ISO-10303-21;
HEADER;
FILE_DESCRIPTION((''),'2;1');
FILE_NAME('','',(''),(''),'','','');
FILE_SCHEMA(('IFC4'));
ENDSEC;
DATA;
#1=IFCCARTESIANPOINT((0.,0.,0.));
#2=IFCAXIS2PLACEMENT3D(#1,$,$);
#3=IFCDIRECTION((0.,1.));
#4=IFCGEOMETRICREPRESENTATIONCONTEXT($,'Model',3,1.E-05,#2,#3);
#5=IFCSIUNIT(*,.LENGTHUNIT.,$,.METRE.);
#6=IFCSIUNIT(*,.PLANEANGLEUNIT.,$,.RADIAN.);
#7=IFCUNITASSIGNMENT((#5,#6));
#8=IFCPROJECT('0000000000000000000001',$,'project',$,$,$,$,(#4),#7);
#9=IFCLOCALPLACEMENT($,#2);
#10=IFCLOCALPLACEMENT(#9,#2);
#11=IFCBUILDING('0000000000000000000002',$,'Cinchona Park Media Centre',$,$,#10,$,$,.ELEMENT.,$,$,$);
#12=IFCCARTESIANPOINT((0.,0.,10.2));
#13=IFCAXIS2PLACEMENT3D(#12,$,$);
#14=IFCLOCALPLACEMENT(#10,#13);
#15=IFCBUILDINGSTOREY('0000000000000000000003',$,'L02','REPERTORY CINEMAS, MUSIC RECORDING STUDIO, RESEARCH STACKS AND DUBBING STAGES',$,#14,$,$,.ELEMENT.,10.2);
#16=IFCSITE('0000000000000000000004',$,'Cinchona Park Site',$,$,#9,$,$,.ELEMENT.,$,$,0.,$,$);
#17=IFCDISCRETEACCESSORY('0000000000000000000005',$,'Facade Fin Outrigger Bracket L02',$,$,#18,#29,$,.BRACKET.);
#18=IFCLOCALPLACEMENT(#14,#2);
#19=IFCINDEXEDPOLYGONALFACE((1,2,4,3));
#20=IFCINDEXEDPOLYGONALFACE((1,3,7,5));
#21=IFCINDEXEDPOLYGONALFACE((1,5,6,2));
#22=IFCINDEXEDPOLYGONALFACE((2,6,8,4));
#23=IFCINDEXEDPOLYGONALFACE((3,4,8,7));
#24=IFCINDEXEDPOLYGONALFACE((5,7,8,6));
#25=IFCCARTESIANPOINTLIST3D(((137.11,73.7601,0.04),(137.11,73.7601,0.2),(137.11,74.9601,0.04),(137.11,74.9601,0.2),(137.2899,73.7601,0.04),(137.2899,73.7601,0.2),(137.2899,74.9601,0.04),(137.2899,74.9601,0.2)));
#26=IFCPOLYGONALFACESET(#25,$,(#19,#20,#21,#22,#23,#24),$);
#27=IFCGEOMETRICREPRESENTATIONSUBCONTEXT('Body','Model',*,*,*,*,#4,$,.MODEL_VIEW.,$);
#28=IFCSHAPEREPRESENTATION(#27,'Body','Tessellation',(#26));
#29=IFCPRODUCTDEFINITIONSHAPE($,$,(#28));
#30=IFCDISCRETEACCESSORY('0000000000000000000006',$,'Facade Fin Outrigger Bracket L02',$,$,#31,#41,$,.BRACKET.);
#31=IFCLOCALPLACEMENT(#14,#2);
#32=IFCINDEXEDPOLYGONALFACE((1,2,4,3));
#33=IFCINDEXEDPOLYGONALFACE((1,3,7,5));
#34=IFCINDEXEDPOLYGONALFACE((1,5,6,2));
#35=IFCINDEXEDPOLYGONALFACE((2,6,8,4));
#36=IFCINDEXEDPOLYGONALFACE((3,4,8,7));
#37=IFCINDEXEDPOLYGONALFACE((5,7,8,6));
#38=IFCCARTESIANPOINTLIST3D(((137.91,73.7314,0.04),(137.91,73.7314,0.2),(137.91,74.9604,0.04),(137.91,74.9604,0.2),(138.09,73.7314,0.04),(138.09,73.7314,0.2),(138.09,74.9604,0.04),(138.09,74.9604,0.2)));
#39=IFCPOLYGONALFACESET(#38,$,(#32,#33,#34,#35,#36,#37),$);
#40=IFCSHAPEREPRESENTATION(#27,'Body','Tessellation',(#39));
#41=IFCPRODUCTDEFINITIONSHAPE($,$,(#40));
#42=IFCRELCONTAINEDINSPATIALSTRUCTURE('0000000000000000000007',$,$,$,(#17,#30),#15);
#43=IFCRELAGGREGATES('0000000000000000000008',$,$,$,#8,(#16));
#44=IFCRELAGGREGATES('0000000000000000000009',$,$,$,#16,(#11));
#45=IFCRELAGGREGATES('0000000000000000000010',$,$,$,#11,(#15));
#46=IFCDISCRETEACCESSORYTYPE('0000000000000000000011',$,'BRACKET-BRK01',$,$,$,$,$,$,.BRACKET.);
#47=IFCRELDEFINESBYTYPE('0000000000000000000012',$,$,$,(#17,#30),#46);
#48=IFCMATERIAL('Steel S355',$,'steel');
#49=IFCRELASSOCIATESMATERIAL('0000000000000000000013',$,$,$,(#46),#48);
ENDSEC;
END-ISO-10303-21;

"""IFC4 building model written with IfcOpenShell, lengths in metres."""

from ifc_helpers import new_model, si_unit, direction, frame, origin, origin_2d, place, context, subcontext, project, spatial, rectangle, extrude, material, type_object, element, save


model = new_model("IFC4")

# Units and contexts
model_context = context("Model", 3, precision=1e-05, world=origin(), true_north=direction((0.0, 1.0)))
body_context = subcontext(model_context, "Body", "Model", "MODEL_VIEW")
ifc_project = project(units=[si_unit("LENGTHUNIT", "METRE"), si_unit("PLANEANGLEUNIT", "RADIAN")], contexts=[model_context])

# Site, building, storey
site_placement = place(None, origin())
site = spatial("IfcSite", under=ifc_project, at=site_placement, Name="Cinchona Park Site", CompositionType="ELEMENT", RefElevation=0.0)
building_placement = place(site_placement, origin())
building = spatial("IfcBuilding", under=site, at=building_placement, Name="Cinchona Park Media Centre", CompositionType="ELEMENT")
storey_placement = place(building_placement, frame((0.0, 0.0, 10.2)))
storey = spatial("IfcBuildingStorey", under=building, at=storey_placement, Name="L02", Description="REPERTORY CINEMAS, MUSIC RECORDING STUDIO, RESEARCH STACKS AND DUBBING STAGES", CompositionType="ELEMENT", Elevation=10.2)

# Discrete accessories
ifc_material_1 = material(Name="Steel S355", Category="steel")
discrete_accessory_type = type_object("IfcDiscreteAccessoryType", Name="BRACKET-BRK01", PredefinedType="BRACKET", material=ifc_material_1)
discrete_accessory_1_placement = place(storey_placement, frame((137.2, 74.3601, 0.04), z_axis=(0.0, 0.0, 1.0), x_axis=(1.0, 0.0, 0.0)))
element("IfcDiscreteAccessory", 1, at=discrete_accessory_1_placement, inside=storey, type_object=discrete_accessory_type, Name="Facade Fin Outrigger Bracket L02", PredefinedType="BRACKET", context=body_context, shape_type="SweptSolid", body=[
    extrude(rectangle(XDim=0.1799, YDim=1.2, at=origin_2d()), origin(), (0.0, 0.0, 1.0), 0.1599),
])
discrete_accessory_2_placement = place(storey_placement, frame((138.0, 74.3459, 0.04), z_axis=(0.0, 0.0, 1.0), x_axis=(1.0, 0.0, 0.0)))
element("IfcDiscreteAccessory", 2, at=discrete_accessory_2_placement, inside=storey, type_object=discrete_accessory_type, Name="Facade Fin Outrigger Bracket L02", PredefinedType="BRACKET", context=body_context, shape_type="SweptSolid", body=[
    extrude(rectangle(XDim=0.1799, YDim=1.229, at=origin_2d()), origin(), (0.0, 0.0, 1.0), 0.1599),
])

save(model, "model.ifc")
